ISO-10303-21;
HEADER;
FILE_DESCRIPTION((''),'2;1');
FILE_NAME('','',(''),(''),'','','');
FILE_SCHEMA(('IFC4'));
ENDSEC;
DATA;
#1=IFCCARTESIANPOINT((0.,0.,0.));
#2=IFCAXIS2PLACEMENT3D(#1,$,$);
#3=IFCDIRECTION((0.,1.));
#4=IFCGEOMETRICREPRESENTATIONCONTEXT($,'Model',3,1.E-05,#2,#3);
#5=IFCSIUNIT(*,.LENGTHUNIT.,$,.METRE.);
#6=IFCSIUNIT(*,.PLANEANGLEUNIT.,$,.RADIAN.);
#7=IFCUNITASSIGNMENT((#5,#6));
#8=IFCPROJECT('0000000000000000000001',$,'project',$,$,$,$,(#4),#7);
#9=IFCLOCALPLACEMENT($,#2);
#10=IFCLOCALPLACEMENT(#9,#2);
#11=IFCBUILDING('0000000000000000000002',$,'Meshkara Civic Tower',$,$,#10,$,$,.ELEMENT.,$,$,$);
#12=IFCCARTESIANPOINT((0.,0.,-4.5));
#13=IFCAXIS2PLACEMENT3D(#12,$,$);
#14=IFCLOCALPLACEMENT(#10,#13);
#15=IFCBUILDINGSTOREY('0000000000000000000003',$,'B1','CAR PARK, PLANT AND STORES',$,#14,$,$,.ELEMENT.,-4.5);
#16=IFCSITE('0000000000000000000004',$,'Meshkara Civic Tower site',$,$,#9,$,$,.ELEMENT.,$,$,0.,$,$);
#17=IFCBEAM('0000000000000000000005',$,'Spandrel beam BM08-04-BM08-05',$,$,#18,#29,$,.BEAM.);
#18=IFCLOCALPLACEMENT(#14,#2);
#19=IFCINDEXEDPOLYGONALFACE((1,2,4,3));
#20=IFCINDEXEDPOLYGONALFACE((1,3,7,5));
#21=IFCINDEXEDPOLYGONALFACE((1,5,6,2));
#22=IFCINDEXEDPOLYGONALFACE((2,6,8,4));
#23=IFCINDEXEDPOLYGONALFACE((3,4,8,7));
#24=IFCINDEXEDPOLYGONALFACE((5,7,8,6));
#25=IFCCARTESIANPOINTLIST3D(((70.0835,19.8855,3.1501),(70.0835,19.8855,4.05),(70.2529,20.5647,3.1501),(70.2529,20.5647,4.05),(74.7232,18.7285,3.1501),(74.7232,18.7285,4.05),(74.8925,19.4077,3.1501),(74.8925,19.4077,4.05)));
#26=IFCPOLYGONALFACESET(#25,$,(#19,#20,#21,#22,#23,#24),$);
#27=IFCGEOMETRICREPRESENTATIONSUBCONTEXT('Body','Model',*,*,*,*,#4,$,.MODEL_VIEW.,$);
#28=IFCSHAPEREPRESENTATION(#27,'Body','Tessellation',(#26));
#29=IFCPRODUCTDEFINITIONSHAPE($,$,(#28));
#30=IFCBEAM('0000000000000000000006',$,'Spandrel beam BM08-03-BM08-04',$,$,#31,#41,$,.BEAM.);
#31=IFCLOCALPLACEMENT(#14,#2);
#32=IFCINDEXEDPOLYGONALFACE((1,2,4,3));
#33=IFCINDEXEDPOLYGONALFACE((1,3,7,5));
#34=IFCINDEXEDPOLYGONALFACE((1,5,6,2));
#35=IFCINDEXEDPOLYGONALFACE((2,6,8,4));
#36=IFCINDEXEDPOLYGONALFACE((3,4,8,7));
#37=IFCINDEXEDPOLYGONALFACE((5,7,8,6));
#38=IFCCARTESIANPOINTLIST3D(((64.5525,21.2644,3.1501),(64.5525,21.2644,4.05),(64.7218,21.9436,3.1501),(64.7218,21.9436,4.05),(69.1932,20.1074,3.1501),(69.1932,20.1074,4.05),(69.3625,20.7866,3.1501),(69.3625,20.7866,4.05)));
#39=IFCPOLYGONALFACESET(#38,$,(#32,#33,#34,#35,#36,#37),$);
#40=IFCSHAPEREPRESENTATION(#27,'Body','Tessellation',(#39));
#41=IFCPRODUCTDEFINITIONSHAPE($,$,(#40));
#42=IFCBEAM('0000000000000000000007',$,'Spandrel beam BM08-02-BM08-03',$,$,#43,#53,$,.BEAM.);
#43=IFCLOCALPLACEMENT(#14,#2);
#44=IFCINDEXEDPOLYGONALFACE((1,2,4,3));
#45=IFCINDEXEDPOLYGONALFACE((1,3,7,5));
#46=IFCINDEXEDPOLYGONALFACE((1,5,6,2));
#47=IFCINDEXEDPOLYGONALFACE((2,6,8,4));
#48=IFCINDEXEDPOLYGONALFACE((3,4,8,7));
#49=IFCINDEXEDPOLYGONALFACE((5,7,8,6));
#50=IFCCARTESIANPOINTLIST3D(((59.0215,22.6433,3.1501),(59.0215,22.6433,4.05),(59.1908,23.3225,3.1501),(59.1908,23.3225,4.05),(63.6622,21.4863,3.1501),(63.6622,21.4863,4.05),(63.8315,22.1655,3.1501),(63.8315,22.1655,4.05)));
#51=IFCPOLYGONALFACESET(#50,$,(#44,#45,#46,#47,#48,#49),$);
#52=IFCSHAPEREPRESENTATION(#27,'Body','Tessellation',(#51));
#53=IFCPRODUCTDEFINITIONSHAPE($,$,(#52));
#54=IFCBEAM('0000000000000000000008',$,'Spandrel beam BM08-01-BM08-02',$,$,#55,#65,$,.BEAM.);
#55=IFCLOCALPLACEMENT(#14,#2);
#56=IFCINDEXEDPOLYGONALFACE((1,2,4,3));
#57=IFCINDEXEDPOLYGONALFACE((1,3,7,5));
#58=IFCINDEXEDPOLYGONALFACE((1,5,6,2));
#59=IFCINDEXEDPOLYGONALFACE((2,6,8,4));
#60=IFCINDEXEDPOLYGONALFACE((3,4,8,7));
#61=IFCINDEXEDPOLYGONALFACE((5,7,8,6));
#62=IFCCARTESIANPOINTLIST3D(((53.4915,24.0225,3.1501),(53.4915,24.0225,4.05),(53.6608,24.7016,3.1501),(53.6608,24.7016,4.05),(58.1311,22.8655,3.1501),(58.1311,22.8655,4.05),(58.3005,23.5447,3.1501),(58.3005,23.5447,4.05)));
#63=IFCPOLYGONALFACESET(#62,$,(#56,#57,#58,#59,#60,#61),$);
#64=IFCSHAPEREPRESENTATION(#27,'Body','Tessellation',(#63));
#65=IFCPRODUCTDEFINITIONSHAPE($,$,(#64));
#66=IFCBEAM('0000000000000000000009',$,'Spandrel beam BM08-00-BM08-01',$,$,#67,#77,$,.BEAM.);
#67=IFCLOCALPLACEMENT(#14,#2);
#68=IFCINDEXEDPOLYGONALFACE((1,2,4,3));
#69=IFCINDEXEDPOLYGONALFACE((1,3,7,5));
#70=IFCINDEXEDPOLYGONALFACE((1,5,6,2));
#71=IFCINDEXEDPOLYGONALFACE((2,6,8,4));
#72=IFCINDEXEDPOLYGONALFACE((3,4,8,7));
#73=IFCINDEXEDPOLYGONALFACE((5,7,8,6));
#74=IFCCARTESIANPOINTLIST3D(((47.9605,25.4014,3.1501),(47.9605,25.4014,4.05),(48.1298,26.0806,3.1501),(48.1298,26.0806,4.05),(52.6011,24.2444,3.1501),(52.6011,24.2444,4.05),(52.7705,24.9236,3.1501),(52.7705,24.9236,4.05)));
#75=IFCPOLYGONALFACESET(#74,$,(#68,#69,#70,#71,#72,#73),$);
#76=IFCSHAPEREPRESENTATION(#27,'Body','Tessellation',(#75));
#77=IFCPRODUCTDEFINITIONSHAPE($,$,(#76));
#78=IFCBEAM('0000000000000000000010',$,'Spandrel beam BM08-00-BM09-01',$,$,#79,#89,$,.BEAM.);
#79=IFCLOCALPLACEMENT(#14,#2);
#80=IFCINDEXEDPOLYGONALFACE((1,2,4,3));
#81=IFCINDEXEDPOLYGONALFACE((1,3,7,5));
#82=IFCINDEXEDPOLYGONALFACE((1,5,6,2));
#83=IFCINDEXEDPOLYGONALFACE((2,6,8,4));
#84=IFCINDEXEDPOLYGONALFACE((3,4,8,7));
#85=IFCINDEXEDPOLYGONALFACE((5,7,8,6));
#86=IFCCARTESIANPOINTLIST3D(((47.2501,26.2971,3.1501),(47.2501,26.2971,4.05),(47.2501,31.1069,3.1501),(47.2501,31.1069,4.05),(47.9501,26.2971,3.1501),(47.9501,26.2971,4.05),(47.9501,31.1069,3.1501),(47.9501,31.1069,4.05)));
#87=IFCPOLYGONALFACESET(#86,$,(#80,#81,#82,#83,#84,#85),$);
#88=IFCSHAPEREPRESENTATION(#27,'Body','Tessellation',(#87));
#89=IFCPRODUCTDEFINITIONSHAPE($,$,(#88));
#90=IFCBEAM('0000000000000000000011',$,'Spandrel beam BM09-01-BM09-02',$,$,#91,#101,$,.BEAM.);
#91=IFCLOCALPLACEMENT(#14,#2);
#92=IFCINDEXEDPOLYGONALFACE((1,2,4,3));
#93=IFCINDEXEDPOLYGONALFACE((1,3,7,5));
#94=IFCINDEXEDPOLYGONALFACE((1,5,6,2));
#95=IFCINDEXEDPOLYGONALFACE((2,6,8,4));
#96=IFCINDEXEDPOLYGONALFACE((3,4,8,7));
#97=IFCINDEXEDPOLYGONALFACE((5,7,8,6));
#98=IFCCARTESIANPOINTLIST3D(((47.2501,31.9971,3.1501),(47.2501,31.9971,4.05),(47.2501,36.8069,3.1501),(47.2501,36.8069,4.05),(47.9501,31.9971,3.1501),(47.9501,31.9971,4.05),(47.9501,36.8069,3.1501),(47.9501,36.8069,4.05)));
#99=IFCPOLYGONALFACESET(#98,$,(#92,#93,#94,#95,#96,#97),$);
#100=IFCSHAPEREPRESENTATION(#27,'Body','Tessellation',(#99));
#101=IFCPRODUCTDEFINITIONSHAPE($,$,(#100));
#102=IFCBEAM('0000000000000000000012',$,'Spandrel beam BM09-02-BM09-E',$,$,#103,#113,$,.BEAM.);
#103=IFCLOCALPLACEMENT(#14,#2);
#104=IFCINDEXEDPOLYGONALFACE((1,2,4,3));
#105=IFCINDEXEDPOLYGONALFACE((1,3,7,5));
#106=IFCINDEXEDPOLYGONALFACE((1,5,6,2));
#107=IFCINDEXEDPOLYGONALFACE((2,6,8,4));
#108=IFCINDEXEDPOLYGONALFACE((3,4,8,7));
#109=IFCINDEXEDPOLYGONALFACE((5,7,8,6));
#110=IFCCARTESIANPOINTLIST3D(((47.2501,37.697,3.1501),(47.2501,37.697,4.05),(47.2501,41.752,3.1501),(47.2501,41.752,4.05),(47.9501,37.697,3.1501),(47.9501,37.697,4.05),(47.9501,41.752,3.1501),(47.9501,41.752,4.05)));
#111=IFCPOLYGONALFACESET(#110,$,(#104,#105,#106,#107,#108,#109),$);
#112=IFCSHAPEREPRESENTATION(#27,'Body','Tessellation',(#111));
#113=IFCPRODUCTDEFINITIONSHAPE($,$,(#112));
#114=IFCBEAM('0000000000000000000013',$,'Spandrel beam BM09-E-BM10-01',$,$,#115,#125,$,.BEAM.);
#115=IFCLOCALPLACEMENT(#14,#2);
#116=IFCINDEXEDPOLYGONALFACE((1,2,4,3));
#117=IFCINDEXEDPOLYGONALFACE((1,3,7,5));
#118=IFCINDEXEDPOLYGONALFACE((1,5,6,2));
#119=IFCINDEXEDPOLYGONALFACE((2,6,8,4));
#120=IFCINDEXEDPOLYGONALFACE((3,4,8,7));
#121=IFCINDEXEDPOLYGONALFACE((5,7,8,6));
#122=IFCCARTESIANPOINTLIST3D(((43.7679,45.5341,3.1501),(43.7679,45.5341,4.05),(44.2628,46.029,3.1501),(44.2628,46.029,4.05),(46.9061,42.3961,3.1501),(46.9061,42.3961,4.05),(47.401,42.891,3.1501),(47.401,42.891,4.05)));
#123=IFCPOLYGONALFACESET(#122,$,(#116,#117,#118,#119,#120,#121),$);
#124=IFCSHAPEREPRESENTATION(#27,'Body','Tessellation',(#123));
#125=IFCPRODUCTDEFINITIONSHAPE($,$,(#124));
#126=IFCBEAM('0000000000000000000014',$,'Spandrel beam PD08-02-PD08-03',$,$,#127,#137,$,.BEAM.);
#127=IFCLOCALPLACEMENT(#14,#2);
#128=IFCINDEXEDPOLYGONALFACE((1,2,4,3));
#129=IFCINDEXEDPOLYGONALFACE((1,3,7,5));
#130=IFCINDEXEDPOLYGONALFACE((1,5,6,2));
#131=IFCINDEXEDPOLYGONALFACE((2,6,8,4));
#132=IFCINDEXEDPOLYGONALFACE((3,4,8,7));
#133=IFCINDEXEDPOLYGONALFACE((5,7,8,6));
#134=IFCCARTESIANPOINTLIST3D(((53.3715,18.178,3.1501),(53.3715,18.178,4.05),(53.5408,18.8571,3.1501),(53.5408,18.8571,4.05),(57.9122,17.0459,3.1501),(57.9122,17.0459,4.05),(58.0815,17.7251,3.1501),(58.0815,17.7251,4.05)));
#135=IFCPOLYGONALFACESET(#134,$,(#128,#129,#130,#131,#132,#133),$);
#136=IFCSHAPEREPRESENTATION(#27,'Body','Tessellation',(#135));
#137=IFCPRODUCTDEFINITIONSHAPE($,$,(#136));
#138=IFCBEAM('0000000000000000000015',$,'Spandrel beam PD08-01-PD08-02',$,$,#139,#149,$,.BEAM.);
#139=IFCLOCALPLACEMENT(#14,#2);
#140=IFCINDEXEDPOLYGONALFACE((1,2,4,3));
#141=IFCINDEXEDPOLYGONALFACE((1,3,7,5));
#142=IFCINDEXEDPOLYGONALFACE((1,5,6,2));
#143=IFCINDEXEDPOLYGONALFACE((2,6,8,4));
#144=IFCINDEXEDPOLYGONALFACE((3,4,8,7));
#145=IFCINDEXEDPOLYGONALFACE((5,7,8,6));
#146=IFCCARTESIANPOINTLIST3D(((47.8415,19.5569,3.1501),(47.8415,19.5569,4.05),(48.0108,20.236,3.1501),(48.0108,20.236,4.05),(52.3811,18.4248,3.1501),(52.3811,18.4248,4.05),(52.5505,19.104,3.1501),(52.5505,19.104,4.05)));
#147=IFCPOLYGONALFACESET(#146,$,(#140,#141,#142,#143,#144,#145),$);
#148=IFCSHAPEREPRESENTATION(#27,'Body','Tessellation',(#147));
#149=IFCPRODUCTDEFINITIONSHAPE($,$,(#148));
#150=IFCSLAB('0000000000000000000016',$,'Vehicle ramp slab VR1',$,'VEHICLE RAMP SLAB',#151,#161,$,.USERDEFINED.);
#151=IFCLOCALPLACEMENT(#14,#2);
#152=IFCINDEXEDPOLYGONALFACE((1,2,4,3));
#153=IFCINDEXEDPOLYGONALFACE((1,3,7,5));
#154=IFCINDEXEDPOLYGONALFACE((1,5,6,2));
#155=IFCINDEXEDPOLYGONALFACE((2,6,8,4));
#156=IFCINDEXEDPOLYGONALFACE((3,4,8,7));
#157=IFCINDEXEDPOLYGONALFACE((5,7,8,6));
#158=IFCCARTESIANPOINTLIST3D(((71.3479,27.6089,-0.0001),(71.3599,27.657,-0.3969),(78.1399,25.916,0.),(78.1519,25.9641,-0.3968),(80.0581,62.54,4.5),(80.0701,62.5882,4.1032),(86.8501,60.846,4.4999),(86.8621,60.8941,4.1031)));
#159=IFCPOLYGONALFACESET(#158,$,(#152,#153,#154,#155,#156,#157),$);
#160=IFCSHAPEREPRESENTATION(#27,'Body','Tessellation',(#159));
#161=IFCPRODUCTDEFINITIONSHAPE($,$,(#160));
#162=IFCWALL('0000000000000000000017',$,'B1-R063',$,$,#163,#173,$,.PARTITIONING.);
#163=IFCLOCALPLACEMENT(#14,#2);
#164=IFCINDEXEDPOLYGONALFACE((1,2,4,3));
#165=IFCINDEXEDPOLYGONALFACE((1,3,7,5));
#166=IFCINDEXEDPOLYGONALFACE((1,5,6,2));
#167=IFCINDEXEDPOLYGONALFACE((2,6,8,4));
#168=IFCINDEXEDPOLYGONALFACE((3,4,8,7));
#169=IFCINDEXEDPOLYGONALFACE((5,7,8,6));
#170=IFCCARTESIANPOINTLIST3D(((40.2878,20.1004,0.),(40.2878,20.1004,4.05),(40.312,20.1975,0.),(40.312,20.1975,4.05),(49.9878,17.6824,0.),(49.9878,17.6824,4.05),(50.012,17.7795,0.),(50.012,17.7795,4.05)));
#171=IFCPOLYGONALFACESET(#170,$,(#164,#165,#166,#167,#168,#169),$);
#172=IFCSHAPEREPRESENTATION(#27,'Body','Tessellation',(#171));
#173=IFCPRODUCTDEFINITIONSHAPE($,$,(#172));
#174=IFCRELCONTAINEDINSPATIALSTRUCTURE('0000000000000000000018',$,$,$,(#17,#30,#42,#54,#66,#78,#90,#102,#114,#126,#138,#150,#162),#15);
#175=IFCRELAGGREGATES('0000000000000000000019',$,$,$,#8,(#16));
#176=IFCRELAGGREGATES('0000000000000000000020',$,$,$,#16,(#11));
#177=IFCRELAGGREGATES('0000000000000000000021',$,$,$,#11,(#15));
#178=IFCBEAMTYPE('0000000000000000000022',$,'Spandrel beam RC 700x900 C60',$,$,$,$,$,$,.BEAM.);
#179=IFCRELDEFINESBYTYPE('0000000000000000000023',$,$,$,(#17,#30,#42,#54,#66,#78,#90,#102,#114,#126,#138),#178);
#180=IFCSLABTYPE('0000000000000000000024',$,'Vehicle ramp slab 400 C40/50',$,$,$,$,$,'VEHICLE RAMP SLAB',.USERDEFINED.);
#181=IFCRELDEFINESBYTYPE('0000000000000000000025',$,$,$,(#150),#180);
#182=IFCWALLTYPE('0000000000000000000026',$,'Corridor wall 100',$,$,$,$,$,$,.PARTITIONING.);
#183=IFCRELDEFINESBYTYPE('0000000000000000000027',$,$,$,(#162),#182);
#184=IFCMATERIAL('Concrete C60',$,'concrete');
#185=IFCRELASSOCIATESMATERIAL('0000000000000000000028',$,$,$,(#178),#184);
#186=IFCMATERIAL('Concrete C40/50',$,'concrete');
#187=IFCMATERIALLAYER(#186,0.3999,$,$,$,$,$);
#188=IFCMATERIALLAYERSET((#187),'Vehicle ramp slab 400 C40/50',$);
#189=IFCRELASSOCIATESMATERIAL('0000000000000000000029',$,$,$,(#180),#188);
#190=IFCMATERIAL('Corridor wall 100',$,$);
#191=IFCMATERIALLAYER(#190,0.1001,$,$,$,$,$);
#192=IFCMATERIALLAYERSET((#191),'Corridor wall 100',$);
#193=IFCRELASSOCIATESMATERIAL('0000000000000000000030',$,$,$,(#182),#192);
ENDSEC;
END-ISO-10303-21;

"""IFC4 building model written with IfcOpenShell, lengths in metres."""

from ifc_helpers import new_model, si_unit, direction, frame, frame_2d, origin, origin_2d, place, context, subcontext, project, spatial, polyline, rectangle, outline, extrude, material, layer, layer_set, material_profile, profile_set, type_object, element, save


model = new_model("IFC4")

# Units and contexts
model_context = context("Model", 3, precision=1e-05, world=origin(), true_north=direction((0.0, 1.0)))
body_context = subcontext(model_context, "Body", "Model", "MODEL_VIEW")
ifc_project = project(units=[si_unit("LENGTHUNIT", "METRE"), si_unit("PLANEANGLEUNIT", "RADIAN")], contexts=[model_context])

# Site, building, storey
site_placement = place(None, origin())
site = spatial("IfcSite", under=ifc_project, at=site_placement, Name="Meshkara Civic Tower site", CompositionType="ELEMENT", RefElevation=0.0)
building_placement = place(site_placement, origin())
building = spatial("IfcBuilding", under=site, at=building_placement, Name="Meshkara Civic Tower", CompositionType="ELEMENT")
storey_placement = place(building_placement, frame((0.0, 0.0, -4.5)))
storey = spatial("IfcBuildingStorey", under=building, at=storey_placement, Name="B1", Description="CAR PARK, PLANT AND STORES", CompositionType="ELEMENT", Elevation=-4.5)

# Beams
ifc_material_1 = material(Name="Concrete C60", Category="concrete")
ifc_material_profile_1 = material_profile(ifc_material_1, rectangle(XDim=0.7, YDim=0.8999, at=origin_2d()))
ifc_profile_set_1 = profile_set([ifc_material_profile_1], Name="Concrete C60")
beam_type = type_object("IfcBeamType", Name="Spandrel beam RC 700x900 C60", PredefinedType="BEAM", material=ifc_profile_set_1)
beam_1_placement = place(storey_placement, frame((74.8079, 19.0681, 3.6001), z_axis=(-0.970286, 0.241959, 0.0), x_axis=(-0.241959, -0.970286, 0.0)))
element("IfcBeam", 1, at=beam_1_placement, inside=storey, type_object=beam_type, Name="Spandrel beam BM08-04-BM08-05", PredefinedType="BEAM", context=body_context, shape_type="SweptSolid", body=[
    extrude(rectangle(XDim=0.7, YDim=0.8999, at=origin_2d()), origin(), (0.0, 0.0, 1.0), 4.7817),
])
for number, where, z_axis, x_axis, name in (
    (2, (69.2778, 20.447, 3.6001), (-0.970298, 0.241911, 0.0), (-0.241911, -0.970298, 0.0), "Spandrel beam BM08-03-BM08-04"),
    (3, (63.7468, 21.8259, 3.6001), (-0.970298, 0.241911, 0.0), (-0.241911, -0.970298, 0.0), "Spandrel beam BM08-02-BM08-03"),
):
    element("IfcBeam", number, at=place(storey_placement, frame(where, z_axis=z_axis, x_axis=x_axis)), inside=storey, type_object=beam_type, Name=name, PredefinedType="BEAM", context=body_context, shape_type="SweptSolid", body=[
        extrude(rectangle(XDim=0.7, YDim=0.8999, at=origin_2d()), origin(), (0.0, 0.0, 1.0), 4.7827),
    ])
beam_2_placement = place(storey_placement, frame((58.2158, 23.2051, 3.6001), z_axis=(-0.970286, 0.241959, 0.0), x_axis=(-0.241959, -0.970286, 0.0)))
element("IfcBeam", 4, at=beam_2_placement, inside=storey, type_object=beam_type, Name="Spandrel beam BM08-01-BM08-02", PredefinedType="BEAM", context=body_context, shape_type="SweptSolid", body=[
    extrude(rectangle(XDim=0.7, YDim=0.8999, at=origin_2d()), origin(), (0.0, 0.0, 1.0), 4.7817),
])
beam_3_placement = place(storey_placement, frame((52.6858, 24.584, 3.6001), z_axis=(-0.970298, 0.241911, 0.0), x_axis=(-0.241911, -0.970298, 0.0)))
element("IfcBeam", 5, at=beam_3_placement, inside=storey, type_object=beam_type, Name="Spandrel beam BM08-00-BM08-01", PredefinedType="BEAM", context=body_context, shape_type="SweptSolid", body=[
    extrude(rectangle(XDim=0.7, YDim=0.8999, at=origin_2d()), origin(), (0.0, 0.0, 1.0), 4.7827),
])
for number, where, z_axis, x_axis, name in (
    (6, (47.6001, 26.2971, 3.6001), (0.0, 1.0, 0.0), (-1.0, 0.0, 0.0), "Spandrel beam BM08-00-BM09-01"),
    (7, (47.6001, 31.9971, 3.6001), (0.0, 1.0, 0.0), (-1.0, 0.0, 0.0), "Spandrel beam BM09-01-BM09-02"),
):
    element("IfcBeam", number, at=place(storey_placement, frame(where, z_axis=z_axis, x_axis=x_axis)), inside=storey, type_object=beam_type, Name=name, PredefinedType="BEAM", context=body_context, shape_type="SweptSolid", body=[
        extrude(rectangle(XDim=0.7, YDim=0.8999, at=origin_2d()), origin(), (0.0, 0.0, 1.0), 4.8098),
    ])
beam_4_placement = place(storey_placement, frame((47.6001, 37.697, 3.6001), z_axis=(0.0, 1.0, 0.0), x_axis=(-1.0, 0.0, 0.0)))
element("IfcBeam", 8, at=beam_4_placement, inside=storey, type_object=beam_type, Name="Spandrel beam BM09-02-BM09-E", PredefinedType="BEAM", context=body_context, shape_type="SweptSolid", body=[
    extrude(rectangle(XDim=0.7, YDim=0.8999, at=origin_2d()), origin(), (0.0, 0.0, 1.0), 4.0549),
])
beam_5_placement = place(storey_placement, frame((47.1536, 42.6436, 3.6001), z_axis=(-0.707134, 0.707079, 0.0), x_axis=(-0.707079, -0.707134, 0.0)))
element("IfcBeam", 9, at=beam_5_placement, inside=storey, type_object=beam_type, Name="Spandrel beam BM09-E-BM10-01", PredefinedType="BEAM", context=body_context, shape_type="SweptSolid", body=[
    extrude(rectangle(XDim=0.7, YDim=0.8999, at=origin_2d()), origin(), (0.0, 0.0, 1.0), 4.438),
])
beam_6_placement = place(storey_placement, frame((57.9968, 17.3855, 3.6001), z_axis=(-0.970299, 0.24191, 0.0), x_axis=(-0.24191, -0.970299, 0.0)))
element("IfcBeam", 10, at=beam_6_placement, inside=storey, type_object=beam_type, Name="Spandrel beam PD08-02-PD08-03", PredefinedType="BEAM", context=body_context, shape_type="SweptSolid", body=[
    extrude(rectangle(XDim=0.7, YDim=0.8999, at=origin_2d()), origin(), (0.0, 0.0, 1.0), 4.6797),
])
beam_7_placement = place(storey_placement, frame((52.4658, 18.7644, 3.6001), z_axis=(-0.970287, 0.241959, 0.0), x_axis=(-0.241959, -0.970287, 0.0)))
element("IfcBeam", 11, at=beam_7_placement, inside=storey, type_object=beam_type, Name="Spandrel beam PD08-01-PD08-02", PredefinedType="BEAM", context=body_context, shape_type="SweptSolid", body=[
    extrude(rectangle(XDim=0.7, YDim=0.8999, at=origin_2d()), origin(), (0.0, 0.0, 1.0), 4.6787),
])

# Slab
ifc_material_2 = material(Name="Concrete C40/50", Category="concrete")
ifc_layer_1 = layer(ifc_material_2, 0.3999)
ifc_layer_set_1 = layer_set([ifc_layer_1], Name="Vehicle ramp slab 400 C40/50")
slab_type = type_object("IfcSlabType", Name="Vehicle ramp slab 400 C40/50", ElementType="VEHICLE RAMP SLAB", PredefinedType="USERDEFINED", material=ifc_layer_set_1)
slab_placement = place(storey_placement, frame((78.1399, 25.916, 0.0), z_axis=(-0.030007, -0.12035, 0.992278), x_axis=(-0.970314, 0.241847, -0.00001)))
element("IfcSlab", 12, at=slab_placement, inside=storey, type_object=slab_type, Name="Vehicle ramp slab VR1", ObjectType="VEHICLE RAMP SLAB", PredefinedType="USERDEFINED", context=body_context, shape_type="SweptSolid", body=[
    extrude(outline(polyline([(0.0, 0.0), (6.9998, 0.0), (6.9961, -36.2809), (-0.004, -36.2797), (0.0, 0.0)])), origin(), (0.0, 0.0, -1.0), 0.3999),
])

# Wall
ifc_material_3 = material(Name="Corridor wall 100")
ifc_layer_2 = layer(ifc_material_3, 0.1001)
ifc_layer_set_2 = layer_set([ifc_layer_2], Name="Corridor wall 100")
wall_type_1 = type_object("IfcWallType", Name="Corridor wall 100", PredefinedType="PARTITIONING", material=ifc_layer_set_2)
wall_1_placement = place(storey_placement, frame((50.0, 17.731, 0.0), z_axis=(0.0, 0.0, 1.0), x_axis=(-0.970307, 0.241875, 0.0)))
element("IfcWall", 13, at=wall_1_placement, inside=storey, type_object=wall_type_1, Name="B1-R063", PredefinedType="PARTITIONING", context=body_context, shape_type="SweptSolid", body=[
    extrude(rectangle(XDim=9.9968, YDim=0.1001, at=frame_2d((4.9985, 0.0))), origin(), (0.0, 0.0, 1.0), 4.05),
])

save(model, "model.ifc")
